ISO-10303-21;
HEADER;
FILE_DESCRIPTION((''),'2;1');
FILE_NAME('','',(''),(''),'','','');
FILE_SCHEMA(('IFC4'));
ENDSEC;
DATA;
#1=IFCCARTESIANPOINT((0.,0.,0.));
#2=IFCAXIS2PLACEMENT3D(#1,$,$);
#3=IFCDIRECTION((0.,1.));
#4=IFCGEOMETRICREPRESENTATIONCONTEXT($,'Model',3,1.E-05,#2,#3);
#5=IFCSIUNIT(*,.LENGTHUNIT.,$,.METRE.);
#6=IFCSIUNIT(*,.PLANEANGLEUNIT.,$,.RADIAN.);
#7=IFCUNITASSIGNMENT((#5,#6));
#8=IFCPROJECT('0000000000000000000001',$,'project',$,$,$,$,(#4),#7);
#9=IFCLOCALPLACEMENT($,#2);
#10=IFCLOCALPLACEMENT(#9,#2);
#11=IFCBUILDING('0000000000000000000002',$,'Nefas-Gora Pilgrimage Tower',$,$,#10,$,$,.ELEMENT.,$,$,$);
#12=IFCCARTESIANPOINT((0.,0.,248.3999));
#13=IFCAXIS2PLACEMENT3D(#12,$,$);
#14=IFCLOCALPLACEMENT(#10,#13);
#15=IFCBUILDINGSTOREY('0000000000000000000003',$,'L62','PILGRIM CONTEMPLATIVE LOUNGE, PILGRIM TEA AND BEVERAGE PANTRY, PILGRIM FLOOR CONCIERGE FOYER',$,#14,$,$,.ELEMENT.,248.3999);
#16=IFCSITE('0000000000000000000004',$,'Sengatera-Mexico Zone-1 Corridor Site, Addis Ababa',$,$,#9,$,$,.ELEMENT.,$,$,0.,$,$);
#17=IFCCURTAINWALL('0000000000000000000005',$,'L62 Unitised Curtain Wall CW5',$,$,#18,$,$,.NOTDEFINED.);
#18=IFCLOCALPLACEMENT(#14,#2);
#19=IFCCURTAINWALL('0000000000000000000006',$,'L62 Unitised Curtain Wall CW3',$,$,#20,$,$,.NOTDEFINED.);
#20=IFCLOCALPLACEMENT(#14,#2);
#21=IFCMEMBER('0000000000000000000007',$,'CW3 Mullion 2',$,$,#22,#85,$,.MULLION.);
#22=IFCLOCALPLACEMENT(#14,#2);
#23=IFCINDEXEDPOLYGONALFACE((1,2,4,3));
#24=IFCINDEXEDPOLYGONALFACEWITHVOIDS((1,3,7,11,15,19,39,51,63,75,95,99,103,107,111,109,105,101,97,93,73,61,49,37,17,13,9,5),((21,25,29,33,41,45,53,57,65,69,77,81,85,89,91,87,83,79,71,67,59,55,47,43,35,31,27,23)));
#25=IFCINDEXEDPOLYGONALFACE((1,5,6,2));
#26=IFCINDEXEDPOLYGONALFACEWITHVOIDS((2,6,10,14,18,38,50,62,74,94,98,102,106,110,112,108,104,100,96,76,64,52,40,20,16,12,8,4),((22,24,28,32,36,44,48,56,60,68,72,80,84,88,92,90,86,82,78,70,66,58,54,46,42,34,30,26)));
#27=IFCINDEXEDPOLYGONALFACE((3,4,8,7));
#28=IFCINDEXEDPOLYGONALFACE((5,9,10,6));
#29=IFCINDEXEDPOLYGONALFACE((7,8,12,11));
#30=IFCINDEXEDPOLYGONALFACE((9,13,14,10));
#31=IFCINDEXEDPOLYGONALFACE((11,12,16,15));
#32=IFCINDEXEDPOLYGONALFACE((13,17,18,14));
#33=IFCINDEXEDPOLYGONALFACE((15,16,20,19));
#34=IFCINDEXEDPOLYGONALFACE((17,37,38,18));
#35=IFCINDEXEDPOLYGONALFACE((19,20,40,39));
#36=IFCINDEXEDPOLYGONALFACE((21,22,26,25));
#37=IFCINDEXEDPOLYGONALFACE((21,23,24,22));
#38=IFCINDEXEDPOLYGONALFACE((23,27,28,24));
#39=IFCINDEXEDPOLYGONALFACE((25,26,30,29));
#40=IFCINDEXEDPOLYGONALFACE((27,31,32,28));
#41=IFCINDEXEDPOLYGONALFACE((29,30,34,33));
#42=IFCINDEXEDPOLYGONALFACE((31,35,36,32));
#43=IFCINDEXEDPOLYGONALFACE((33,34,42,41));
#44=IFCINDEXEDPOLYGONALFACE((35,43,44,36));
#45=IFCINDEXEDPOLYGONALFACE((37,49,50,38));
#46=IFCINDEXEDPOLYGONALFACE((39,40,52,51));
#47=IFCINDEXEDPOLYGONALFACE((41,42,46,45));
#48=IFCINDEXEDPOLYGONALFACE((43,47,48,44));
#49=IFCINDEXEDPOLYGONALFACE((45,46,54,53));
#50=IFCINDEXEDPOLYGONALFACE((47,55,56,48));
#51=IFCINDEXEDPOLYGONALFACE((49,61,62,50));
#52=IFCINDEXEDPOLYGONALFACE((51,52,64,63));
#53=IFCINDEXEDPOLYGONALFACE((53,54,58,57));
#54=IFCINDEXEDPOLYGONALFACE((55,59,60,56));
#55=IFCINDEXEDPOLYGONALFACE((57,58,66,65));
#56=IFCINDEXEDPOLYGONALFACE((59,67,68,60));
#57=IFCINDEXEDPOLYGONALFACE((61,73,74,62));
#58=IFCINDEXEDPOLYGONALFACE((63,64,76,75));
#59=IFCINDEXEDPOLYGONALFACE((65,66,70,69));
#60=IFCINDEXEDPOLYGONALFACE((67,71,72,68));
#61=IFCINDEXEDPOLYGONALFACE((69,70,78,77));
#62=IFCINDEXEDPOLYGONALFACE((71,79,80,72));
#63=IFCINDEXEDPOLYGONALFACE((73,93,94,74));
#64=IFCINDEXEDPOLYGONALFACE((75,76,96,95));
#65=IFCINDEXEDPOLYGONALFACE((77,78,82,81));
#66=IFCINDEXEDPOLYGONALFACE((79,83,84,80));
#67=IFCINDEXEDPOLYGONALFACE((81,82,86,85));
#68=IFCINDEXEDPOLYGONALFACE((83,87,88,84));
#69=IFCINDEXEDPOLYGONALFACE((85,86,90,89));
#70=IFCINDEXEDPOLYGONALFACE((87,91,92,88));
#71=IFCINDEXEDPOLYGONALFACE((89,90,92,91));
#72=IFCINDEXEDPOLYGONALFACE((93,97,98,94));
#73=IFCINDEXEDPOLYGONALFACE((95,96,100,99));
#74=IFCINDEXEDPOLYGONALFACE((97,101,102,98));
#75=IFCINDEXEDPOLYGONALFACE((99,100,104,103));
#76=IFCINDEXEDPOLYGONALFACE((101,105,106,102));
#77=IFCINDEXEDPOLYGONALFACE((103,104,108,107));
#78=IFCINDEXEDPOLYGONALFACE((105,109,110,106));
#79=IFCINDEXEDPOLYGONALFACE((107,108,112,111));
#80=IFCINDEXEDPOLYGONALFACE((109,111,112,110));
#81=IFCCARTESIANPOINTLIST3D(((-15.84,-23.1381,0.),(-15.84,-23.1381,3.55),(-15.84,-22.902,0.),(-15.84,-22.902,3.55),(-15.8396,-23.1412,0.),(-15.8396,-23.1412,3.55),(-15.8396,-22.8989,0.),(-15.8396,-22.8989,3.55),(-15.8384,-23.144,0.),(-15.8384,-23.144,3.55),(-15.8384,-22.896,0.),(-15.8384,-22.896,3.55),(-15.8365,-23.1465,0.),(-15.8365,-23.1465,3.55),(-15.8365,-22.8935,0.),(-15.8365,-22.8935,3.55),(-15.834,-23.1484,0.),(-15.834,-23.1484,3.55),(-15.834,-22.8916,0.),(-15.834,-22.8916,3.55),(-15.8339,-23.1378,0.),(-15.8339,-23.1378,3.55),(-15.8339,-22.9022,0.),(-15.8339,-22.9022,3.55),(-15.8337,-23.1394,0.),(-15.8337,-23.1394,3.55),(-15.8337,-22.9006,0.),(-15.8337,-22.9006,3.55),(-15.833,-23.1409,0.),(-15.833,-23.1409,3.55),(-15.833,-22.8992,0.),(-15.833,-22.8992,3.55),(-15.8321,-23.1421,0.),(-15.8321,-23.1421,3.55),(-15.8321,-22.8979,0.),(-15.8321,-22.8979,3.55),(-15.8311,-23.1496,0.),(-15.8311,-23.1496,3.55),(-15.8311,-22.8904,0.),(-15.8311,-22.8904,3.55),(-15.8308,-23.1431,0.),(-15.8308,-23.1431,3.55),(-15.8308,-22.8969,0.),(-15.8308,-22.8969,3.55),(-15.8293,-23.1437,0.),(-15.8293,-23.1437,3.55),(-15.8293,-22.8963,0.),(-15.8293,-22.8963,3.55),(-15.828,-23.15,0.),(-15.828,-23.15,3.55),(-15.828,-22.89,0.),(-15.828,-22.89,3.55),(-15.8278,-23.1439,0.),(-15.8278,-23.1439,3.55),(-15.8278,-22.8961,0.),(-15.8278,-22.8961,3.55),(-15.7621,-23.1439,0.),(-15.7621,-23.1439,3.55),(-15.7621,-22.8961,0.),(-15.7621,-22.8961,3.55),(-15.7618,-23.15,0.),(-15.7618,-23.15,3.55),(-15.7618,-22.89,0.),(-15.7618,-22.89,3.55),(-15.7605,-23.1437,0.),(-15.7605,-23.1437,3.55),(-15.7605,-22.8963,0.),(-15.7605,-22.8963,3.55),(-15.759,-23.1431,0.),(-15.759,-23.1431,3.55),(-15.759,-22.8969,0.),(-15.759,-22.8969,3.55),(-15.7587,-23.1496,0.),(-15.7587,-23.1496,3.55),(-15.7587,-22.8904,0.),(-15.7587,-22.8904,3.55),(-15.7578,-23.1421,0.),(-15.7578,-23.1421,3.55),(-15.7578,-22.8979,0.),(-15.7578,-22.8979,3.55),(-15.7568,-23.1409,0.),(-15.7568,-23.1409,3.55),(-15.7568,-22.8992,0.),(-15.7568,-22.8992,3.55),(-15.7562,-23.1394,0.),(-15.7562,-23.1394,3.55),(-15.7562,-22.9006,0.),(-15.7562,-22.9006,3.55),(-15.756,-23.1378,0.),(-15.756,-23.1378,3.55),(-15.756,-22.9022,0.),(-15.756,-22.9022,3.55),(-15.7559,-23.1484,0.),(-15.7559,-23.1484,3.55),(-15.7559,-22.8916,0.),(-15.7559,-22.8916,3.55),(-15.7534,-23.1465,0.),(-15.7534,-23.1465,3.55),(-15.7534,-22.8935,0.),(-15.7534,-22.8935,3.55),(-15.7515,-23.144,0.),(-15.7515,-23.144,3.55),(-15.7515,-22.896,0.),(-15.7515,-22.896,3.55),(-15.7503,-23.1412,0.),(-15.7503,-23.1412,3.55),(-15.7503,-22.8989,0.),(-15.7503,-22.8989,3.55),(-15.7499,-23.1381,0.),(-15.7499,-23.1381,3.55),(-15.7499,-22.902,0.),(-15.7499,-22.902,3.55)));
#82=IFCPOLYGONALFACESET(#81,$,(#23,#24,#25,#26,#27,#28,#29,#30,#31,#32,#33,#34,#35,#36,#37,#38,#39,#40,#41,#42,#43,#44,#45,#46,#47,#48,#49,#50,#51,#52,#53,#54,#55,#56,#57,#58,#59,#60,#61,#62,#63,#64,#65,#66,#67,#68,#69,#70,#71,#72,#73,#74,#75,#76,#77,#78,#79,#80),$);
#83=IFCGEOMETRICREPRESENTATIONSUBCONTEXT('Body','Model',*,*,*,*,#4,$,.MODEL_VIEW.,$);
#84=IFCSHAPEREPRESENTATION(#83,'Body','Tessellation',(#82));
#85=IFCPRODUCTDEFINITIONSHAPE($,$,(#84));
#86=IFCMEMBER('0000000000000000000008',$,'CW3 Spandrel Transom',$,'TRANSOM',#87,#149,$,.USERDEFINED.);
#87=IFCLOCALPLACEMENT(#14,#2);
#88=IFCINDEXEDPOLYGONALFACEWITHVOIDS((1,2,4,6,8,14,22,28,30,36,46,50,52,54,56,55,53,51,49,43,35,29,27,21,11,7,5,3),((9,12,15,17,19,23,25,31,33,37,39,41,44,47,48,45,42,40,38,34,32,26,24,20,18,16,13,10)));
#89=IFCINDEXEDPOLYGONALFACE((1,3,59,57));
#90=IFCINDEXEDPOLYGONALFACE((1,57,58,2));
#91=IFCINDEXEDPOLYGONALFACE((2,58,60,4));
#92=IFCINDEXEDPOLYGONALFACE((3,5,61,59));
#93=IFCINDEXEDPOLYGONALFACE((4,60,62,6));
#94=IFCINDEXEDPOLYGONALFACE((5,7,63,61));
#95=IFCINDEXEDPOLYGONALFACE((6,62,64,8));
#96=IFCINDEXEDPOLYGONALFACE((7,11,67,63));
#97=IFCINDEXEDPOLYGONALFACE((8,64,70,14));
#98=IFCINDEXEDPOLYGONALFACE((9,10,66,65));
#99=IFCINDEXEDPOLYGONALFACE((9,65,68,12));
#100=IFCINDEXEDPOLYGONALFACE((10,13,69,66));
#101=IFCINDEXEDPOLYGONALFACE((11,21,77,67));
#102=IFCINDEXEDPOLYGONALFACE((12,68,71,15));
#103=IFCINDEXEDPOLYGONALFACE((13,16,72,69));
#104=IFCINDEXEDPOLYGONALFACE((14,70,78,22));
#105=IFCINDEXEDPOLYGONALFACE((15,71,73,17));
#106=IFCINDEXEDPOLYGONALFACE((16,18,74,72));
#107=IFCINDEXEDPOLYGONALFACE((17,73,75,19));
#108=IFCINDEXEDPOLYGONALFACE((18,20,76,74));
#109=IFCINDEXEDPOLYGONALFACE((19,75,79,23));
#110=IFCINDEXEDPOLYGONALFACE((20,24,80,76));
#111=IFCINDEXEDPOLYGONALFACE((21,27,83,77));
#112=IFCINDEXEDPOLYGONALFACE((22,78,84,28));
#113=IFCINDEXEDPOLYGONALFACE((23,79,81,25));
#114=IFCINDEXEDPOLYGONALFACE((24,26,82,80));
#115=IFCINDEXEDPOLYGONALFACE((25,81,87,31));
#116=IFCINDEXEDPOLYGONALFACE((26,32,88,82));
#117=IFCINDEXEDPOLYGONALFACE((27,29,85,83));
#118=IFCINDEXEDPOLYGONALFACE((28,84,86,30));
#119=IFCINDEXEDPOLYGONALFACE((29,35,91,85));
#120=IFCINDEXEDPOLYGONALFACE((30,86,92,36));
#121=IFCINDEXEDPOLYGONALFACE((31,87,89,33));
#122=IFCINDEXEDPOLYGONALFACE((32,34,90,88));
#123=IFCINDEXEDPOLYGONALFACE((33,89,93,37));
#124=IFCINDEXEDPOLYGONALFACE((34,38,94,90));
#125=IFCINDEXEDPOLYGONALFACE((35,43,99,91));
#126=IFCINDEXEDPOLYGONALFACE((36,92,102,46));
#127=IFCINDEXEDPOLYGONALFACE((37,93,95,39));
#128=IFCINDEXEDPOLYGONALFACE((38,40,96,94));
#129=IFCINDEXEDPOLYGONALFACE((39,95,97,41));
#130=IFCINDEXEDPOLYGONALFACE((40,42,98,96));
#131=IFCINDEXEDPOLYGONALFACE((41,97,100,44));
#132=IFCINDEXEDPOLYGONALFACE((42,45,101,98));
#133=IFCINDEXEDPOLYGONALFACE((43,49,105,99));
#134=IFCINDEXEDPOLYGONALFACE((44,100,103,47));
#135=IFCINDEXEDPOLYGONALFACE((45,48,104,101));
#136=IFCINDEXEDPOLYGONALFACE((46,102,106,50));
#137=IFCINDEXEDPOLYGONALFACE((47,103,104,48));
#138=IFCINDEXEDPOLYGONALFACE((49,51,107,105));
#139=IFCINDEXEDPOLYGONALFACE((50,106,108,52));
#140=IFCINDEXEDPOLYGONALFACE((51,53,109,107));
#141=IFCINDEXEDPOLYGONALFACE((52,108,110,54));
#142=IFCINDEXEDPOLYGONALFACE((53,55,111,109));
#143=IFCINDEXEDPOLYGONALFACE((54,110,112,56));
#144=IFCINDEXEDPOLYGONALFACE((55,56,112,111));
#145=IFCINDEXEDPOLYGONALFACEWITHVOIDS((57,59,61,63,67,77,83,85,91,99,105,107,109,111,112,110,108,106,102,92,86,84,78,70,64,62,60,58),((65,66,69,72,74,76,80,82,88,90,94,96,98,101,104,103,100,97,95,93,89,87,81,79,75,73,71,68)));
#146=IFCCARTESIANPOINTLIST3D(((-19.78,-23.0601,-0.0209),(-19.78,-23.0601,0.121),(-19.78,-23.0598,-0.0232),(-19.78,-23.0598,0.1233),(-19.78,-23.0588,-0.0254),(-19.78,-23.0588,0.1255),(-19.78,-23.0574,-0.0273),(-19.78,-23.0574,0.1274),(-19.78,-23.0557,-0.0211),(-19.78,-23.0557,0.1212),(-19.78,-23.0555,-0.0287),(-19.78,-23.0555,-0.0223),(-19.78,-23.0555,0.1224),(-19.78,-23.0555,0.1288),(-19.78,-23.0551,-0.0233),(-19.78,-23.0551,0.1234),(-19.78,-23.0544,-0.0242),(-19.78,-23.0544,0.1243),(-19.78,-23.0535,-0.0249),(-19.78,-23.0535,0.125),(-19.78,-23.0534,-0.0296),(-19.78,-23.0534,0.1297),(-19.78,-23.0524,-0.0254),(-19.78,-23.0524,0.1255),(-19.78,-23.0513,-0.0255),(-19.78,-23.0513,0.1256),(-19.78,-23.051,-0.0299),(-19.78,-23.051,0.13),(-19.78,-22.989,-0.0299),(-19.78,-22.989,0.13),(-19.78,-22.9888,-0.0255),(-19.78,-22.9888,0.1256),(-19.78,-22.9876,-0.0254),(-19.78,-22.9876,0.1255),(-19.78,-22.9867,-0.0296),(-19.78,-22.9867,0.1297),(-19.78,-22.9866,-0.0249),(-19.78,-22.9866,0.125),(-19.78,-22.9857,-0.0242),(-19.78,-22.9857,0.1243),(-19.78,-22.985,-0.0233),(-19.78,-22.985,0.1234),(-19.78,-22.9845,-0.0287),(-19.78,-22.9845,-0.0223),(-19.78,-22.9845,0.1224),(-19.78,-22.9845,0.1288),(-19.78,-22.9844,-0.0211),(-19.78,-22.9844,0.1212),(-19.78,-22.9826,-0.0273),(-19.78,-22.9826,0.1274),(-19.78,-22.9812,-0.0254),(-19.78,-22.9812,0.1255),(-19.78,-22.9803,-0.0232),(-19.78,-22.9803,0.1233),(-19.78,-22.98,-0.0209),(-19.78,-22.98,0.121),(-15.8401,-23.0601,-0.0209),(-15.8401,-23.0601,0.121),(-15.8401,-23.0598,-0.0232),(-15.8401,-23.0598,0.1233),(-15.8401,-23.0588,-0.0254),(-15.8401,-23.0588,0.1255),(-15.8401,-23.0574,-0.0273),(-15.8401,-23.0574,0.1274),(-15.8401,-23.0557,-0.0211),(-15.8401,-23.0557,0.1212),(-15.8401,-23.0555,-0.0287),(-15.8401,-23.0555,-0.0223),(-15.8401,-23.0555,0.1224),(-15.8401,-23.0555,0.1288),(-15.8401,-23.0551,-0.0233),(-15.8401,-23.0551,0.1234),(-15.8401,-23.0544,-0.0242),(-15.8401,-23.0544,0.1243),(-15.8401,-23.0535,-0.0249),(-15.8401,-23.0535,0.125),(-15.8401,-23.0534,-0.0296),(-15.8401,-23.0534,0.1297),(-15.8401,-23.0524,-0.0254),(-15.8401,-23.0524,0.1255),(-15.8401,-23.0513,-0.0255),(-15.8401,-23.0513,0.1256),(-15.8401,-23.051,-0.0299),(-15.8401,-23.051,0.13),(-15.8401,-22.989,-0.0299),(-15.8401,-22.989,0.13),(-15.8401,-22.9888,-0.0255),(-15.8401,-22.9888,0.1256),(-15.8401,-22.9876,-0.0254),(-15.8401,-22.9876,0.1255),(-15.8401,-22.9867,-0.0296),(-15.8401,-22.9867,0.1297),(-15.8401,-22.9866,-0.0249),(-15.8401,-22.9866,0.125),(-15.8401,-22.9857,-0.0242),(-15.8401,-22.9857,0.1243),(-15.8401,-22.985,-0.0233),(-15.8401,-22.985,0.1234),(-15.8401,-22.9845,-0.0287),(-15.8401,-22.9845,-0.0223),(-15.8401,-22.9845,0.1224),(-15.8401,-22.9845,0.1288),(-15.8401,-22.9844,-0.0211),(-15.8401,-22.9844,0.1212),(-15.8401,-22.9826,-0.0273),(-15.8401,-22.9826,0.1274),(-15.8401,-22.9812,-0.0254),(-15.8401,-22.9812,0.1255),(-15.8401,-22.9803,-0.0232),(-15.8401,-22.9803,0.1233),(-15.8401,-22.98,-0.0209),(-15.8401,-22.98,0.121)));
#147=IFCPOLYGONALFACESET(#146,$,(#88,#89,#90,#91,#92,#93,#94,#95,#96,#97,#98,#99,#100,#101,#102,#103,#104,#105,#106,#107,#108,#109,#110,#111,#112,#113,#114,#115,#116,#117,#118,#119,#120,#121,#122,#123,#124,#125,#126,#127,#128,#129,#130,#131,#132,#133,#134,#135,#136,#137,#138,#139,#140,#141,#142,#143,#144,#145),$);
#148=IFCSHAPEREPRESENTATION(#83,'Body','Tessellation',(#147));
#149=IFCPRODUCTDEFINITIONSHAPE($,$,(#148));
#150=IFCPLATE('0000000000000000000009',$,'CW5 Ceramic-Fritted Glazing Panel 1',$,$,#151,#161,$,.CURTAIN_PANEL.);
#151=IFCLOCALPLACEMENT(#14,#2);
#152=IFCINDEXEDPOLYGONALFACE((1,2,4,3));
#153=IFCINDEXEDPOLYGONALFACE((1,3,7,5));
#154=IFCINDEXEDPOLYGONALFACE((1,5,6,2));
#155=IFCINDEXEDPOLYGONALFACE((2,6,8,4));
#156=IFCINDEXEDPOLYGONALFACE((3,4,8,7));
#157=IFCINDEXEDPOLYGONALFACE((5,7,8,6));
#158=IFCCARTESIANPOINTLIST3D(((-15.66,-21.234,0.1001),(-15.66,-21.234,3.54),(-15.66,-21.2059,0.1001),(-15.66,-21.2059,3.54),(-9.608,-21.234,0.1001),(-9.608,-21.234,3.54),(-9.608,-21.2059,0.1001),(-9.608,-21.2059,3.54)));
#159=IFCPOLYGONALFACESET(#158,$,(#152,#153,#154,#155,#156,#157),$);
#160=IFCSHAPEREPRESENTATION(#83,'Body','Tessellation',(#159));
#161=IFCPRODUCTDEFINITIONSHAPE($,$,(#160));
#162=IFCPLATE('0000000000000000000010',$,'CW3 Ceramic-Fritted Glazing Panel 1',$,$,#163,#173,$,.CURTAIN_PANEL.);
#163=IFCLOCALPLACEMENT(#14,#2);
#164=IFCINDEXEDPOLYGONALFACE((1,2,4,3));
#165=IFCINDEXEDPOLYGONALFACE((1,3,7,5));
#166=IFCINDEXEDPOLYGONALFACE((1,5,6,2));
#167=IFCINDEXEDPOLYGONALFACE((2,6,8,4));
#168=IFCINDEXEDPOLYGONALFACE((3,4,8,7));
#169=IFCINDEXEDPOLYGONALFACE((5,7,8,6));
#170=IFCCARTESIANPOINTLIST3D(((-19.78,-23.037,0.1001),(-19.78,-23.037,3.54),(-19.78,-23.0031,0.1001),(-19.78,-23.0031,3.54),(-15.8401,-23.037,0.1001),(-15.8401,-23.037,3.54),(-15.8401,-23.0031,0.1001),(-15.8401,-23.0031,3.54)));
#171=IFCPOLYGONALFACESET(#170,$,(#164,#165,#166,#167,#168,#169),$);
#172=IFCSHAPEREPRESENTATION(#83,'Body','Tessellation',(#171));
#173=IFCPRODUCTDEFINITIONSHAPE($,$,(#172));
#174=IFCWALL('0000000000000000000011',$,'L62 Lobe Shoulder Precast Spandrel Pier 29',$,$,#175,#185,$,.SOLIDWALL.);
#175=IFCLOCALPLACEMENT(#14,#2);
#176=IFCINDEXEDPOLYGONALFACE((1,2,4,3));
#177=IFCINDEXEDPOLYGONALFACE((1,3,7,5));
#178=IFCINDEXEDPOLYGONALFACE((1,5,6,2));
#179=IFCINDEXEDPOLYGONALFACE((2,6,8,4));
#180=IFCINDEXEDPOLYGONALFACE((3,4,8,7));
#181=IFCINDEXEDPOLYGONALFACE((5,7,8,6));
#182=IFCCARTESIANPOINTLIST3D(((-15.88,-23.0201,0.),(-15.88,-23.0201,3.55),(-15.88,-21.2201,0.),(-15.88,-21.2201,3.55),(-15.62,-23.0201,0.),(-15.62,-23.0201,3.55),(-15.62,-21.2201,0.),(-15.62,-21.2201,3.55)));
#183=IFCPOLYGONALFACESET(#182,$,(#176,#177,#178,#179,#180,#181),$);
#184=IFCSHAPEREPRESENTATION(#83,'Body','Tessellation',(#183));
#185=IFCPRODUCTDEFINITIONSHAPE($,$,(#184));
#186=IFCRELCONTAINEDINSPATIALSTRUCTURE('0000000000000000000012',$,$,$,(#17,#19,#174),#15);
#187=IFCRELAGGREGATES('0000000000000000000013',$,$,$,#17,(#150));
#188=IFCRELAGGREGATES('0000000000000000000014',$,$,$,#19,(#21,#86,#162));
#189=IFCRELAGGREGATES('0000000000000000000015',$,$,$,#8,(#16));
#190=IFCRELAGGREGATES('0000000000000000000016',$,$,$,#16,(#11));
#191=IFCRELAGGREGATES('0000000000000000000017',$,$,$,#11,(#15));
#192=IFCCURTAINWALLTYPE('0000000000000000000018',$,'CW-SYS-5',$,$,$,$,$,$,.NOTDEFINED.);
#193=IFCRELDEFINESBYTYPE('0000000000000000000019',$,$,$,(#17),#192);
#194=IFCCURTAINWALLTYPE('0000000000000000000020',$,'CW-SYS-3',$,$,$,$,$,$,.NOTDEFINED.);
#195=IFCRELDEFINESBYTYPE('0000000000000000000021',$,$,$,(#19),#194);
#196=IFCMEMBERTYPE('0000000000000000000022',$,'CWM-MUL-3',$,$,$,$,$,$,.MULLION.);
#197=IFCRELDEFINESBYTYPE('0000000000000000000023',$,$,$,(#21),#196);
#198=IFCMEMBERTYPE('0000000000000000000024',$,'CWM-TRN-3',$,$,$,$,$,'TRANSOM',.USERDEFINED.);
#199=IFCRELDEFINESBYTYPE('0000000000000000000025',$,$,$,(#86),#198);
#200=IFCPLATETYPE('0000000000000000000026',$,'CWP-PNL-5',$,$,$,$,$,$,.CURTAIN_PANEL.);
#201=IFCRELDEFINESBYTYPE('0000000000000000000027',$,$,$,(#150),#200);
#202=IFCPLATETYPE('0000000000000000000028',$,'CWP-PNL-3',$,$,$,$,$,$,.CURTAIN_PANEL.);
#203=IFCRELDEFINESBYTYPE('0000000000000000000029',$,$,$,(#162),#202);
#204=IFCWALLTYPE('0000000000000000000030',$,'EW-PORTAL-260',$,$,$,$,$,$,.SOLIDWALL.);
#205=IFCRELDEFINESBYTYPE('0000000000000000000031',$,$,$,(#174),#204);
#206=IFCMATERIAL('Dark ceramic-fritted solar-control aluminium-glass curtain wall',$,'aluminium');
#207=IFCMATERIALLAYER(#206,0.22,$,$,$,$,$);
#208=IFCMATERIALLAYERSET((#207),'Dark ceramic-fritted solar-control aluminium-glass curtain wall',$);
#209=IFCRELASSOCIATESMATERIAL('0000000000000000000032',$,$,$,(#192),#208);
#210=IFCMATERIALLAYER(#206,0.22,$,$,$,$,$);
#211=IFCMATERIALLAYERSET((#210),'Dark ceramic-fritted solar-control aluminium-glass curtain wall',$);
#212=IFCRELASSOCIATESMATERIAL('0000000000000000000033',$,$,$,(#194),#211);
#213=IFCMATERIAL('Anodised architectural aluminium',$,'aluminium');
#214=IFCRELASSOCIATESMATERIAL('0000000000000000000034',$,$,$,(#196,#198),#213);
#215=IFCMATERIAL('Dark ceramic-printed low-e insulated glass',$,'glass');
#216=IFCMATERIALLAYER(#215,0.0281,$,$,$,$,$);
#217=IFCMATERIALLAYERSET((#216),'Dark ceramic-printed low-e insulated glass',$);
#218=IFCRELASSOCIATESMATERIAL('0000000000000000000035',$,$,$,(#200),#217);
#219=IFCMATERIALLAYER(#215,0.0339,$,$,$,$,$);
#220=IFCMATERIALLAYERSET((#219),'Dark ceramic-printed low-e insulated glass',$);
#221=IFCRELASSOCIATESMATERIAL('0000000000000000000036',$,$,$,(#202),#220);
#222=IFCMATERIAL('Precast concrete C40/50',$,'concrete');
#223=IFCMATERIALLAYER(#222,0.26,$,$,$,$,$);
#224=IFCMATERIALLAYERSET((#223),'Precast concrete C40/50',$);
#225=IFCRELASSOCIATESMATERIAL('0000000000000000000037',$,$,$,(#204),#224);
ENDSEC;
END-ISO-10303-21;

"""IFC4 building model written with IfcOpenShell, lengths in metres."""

from ifc_helpers import new_model, si_unit, direction, frame, frame_2d, origin, origin_2d, place, context, subcontext, project, spatial, rectangle, hollow_rectangle, extrude, source, transform, mapped, material, layer, layer_set, material_profile, profile_set, type_object, element, aggregate, save


model = new_model("IFC4")

# Units and contexts
model_context = context("Model", 3, precision=1e-05, world=origin(), true_north=direction((0.0, 1.0)))
body_context = subcontext(model_context, "Body", "Model", "MODEL_VIEW")
ifc_project = project(units=[si_unit("LENGTHUNIT", "METRE"), si_unit("PLANEANGLEUNIT", "RADIAN")], contexts=[model_context])

# Site, building, storey
site_placement = place(None, origin())
site = spatial("IfcSite", under=ifc_project, at=site_placement, Name="Sengatera-Mexico Zone-1 Corridor Site, Addis Ababa", CompositionType="ELEMENT", RefElevation=0.0)
building_placement = place(site_placement, origin())
building = spatial("IfcBuilding", under=site, at=building_placement, Name="Nefas-Gora Pilgrimage Tower", CompositionType="ELEMENT")
storey_placement = place(building_placement, frame((0.0, 0.0, 248.3999)))
storey = spatial("IfcBuildingStorey", under=building, at=storey_placement, Name="L62", Description="PILGRIM CONTEMPLATIVE LOUNGE, PILGRIM TEA AND BEVERAGE PANTRY, PILGRIM FLOOR CONCIERGE FOYER", CompositionType="ELEMENT", Elevation=248.3999)

# Curtain wall
ifc_material_1 = material(Name="Dark ceramic-fritted solar-control aluminium-glass curtain wall", Category="aluminium")
ifc_layer_1 = layer(ifc_material_1, 0.22)
ifc_layer_set_1 = layer_set([ifc_layer_1], Name="Dark ceramic-fritted solar-control aluminium-glass curtain wall")
curtain_wall_type_1 = type_object("IfcCurtainWallType", Name="CW-SYS-5", PredefinedType="NOTDEFINED", material=ifc_layer_set_1)
curtain_wall_1_placement = place(storey_placement, origin())
curtain_wall_1 = element("IfcCurtainWall", 1, at=curtain_wall_1_placement, inside=storey, type_object=curtain_wall_type_1, Name="L62 Unitised Curtain Wall CW5", PredefinedType="NOTDEFINED")
ifc_material_2 = material(Name="Anodised architectural aluminium", Category="aluminium")

# Shared definitions
ifc_layer_2 = layer(ifc_material_1, 0.22)
ifc_layer_set_2 = layer_set([ifc_layer_2], Name="Dark ceramic-fritted solar-control aluminium-glass curtain wall")
curtain_wall_type_2 = type_object("IfcCurtainWallType", Name="CW-SYS-3", PredefinedType="NOTDEFINED", material=ifc_layer_set_2)
ifc_material_profile_1 = material_profile(ifc_material_2, hollow_rectangle(XDim=0.0901, YDim=0.26, WallThickness=0.0061, InnerFilletRadius=0.0061, OuterFilletRadius=0.012, at=origin_2d()), Name="ALU MULLION 90x260")
ifc_profile_set_1 = profile_set([ifc_material_profile_1], Name="Anodised architectural aluminium")
member_type_1 = type_object("IfcMemberType", Name="CWM-MUL-3", PredefinedType="MULLION", material=ifc_profile_set_1)
shared_shape_1 = source(origin(), body_context, "Body", "SweptSolid", [
    extrude(hollow_rectangle(XDim=0.0901, YDim=0.26, WallThickness=0.0061, InnerFilletRadius=0.0061, OuterFilletRadius=0.012, at=origin_2d()), origin(), (0.0, 0.0, 1.0), 3.55),
])

# Curtain wall, members
curtain_wall_2_placement = place(storey_placement, origin())
curtain_wall_2 = element("IfcCurtainWall", 2, at=curtain_wall_2_placement, inside=storey, type_object=curtain_wall_type_2, Name="L62 Unitised Curtain Wall CW3", PredefinedType="NOTDEFINED")
member_1_placement = place(storey_placement, frame((-15.7949, -23.02, 0.0), z_axis=(0.0, 0.0, 1.0), x_axis=(1.0, 0.0, 0.0)))
member_1 = element("IfcMember", 3, at=member_1_placement, type_object=member_type_1, Name="CW3 Mullion 2", PredefinedType="MULLION", context=body_context, shape_type="MappedRepresentation", body=[
    mapped(shared_shape_1, transform((0.0, 0.0, 0.0), x_axis=(1.0, 0.0, 0.0), y_axis=(0.0, 1.0, 0.0), z_axis=(0.0, 0.0, 1.0), scale=1.0)),
])
ifc_material_profile_2 = material_profile(ifc_material_2, hollow_rectangle(XDim=0.0801, YDim=0.1599, WallThickness=0.0044, InnerFilletRadius=0.0044, OuterFilletRadius=0.009, at=origin_2d()), Name="ALU TRANSOM 80x160")
ifc_profile_set_2 = profile_set([ifc_material_profile_2], Name="Anodised architectural aluminium")
member_type_2 = type_object("IfcMemberType", Name="CWM-TRN-3", ElementType="TRANSOM", PredefinedType="USERDEFINED", material=ifc_profile_set_2)
shared_shape_2 = source(origin(), body_context, "Body", "SweptSolid", [
    extrude(hollow_rectangle(XDim=0.0801, YDim=0.1599, WallThickness=0.0044, InnerFilletRadius=0.0044, OuterFilletRadius=0.009, at=origin_2d()), origin(), (0.0, 0.0, 1.0), 3.9399),
])
member_2_placement = place(storey_placement, frame((-19.78, -23.02, 0.05), z_axis=(1.0, 0.0, 0.0), x_axis=(0.0, 1.0, 0.0)))
member_2 = element("IfcMember", 4, at=member_2_placement, type_object=member_type_2, Name="CW3 Spandrel Transom", ObjectType="TRANSOM", PredefinedType="USERDEFINED", context=body_context, shape_type="MappedRepresentation", body=[
    mapped(shared_shape_2, transform((0.0, 0.0, 0.0), x_axis=(1.0, 0.0, 0.0), y_axis=(0.0, 1.0, 0.0), z_axis=(0.0, 0.0, 1.0), scale=1.0)),
])

# Plates
ifc_material_3 = material(Name="Dark ceramic-printed low-e insulated glass", Category="glass")
ifc_layer_3 = layer(ifc_material_3, 0.0281)
ifc_layer_set_3 = layer_set([ifc_layer_3], Name="Dark ceramic-printed low-e insulated glass")
plate_type_1 = type_object("IfcPlateType", Name="CWP-PNL-5", PredefinedType="CURTAIN_PANEL", material=ifc_layer_set_3)
shared_shape_3 = source(origin(), body_context, "Body", "SweptSolid", [
    extrude(rectangle(XDim=6.052, YDim=0.0281, at=origin_2d()), origin(), (0.0, 0.0, 1.0), 3.4399),
])
plate_1_placement = place(storey_placement, frame((-12.634, -21.22, 0.1001), z_axis=(0.0, 0.0, 1.0), x_axis=(1.0, 0.0, 0.0)))
plate_1 = element("IfcPlate", 5, at=plate_1_placement, type_object=plate_type_1, Name="CW5 Ceramic-Fritted Glazing Panel 1", PredefinedType="CURTAIN_PANEL", context=body_context, shape_type="MappedRepresentation", body=[
    mapped(shared_shape_3, transform((0.0, 0.0, 0.0), x_axis=(1.0, 0.0, 0.0), y_axis=(0.0, 1.0, 0.0), z_axis=(0.0, 0.0, 1.0), scale=1.0)),
])
aggregate(curtain_wall_1, [plate_1])
ifc_layer_4 = layer(ifc_material_3, 0.0339)
ifc_layer_set_4 = layer_set([ifc_layer_4], Name="Dark ceramic-printed low-e insulated glass")
plate_type_2 = type_object("IfcPlateType", Name="CWP-PNL-3", PredefinedType="CURTAIN_PANEL", material=ifc_layer_set_4)
shared_shape_4 = source(origin(), body_context, "Body", "SweptSolid", [
    extrude(rectangle(XDim=3.9399, YDim=0.0339, at=origin_2d()), origin(), (0.0, 0.0, 1.0), 3.4399),
])
plate_2_placement = place(storey_placement, frame((-17.8101, -23.02, 0.1001), z_axis=(0.0, 0.0, 1.0), x_axis=(1.0, 0.0, 0.0)))
plate_2 = element("IfcPlate", 6, at=plate_2_placement, type_object=plate_type_2, Name="CW3 Ceramic-Fritted Glazing Panel 1", PredefinedType="CURTAIN_PANEL", context=body_context, shape_type="MappedRepresentation", body=[
    mapped(shared_shape_4, transform((0.0, 0.0, 0.0), x_axis=(1.0, 0.0, 0.0), y_axis=(0.0, 1.0, 0.0), z_axis=(0.0, 0.0, 1.0), scale=1.0)),
])
aggregate(curtain_wall_2, [member_1, member_2, plate_2])

# Wall
ifc_material_4 = material(Name="Precast concrete C40/50", Category="concrete")
ifc_layer_5 = layer(ifc_material_4, 0.26)
ifc_layer_set_5 = layer_set([ifc_layer_5], Name="Precast concrete C40/50")
wall_type_1 = type_object("IfcWallType", Name="EW-PORTAL-260", PredefinedType="SOLIDWALL", material=ifc_layer_set_5)
shared_shape_5 = source(origin(), body_context, "Body", "SweptSolid", [
    extrude(rectangle(XDim=1.8, YDim=0.26, at=frame_2d((0.8999, 0.0))), origin(), (0.0, 0.0, 1.0), 3.55),
])
wall_1_placement = place(storey_placement, frame((-15.75, -23.02, 0.0), z_axis=(0.0, 0.0, 1.0), x_axis=(0.0, 1.0, 0.0)))
element("IfcWall", 7, at=wall_1_placement, inside=storey, type_object=wall_type_1, Name="L62 Lobe Shoulder Precast Spandrel Pier 29", PredefinedType="SOLIDWALL", context=body_context, shape_type="MappedRepresentation", body=[
    mapped(shared_shape_5, transform((0.0, 0.0, 0.0), x_axis=(1.0, 0.0, 0.0), y_axis=(0.0, 1.0, 0.0), z_axis=(0.0, 0.0, 1.0), scale=1.0)),
])

save(model, "model.ifc")
